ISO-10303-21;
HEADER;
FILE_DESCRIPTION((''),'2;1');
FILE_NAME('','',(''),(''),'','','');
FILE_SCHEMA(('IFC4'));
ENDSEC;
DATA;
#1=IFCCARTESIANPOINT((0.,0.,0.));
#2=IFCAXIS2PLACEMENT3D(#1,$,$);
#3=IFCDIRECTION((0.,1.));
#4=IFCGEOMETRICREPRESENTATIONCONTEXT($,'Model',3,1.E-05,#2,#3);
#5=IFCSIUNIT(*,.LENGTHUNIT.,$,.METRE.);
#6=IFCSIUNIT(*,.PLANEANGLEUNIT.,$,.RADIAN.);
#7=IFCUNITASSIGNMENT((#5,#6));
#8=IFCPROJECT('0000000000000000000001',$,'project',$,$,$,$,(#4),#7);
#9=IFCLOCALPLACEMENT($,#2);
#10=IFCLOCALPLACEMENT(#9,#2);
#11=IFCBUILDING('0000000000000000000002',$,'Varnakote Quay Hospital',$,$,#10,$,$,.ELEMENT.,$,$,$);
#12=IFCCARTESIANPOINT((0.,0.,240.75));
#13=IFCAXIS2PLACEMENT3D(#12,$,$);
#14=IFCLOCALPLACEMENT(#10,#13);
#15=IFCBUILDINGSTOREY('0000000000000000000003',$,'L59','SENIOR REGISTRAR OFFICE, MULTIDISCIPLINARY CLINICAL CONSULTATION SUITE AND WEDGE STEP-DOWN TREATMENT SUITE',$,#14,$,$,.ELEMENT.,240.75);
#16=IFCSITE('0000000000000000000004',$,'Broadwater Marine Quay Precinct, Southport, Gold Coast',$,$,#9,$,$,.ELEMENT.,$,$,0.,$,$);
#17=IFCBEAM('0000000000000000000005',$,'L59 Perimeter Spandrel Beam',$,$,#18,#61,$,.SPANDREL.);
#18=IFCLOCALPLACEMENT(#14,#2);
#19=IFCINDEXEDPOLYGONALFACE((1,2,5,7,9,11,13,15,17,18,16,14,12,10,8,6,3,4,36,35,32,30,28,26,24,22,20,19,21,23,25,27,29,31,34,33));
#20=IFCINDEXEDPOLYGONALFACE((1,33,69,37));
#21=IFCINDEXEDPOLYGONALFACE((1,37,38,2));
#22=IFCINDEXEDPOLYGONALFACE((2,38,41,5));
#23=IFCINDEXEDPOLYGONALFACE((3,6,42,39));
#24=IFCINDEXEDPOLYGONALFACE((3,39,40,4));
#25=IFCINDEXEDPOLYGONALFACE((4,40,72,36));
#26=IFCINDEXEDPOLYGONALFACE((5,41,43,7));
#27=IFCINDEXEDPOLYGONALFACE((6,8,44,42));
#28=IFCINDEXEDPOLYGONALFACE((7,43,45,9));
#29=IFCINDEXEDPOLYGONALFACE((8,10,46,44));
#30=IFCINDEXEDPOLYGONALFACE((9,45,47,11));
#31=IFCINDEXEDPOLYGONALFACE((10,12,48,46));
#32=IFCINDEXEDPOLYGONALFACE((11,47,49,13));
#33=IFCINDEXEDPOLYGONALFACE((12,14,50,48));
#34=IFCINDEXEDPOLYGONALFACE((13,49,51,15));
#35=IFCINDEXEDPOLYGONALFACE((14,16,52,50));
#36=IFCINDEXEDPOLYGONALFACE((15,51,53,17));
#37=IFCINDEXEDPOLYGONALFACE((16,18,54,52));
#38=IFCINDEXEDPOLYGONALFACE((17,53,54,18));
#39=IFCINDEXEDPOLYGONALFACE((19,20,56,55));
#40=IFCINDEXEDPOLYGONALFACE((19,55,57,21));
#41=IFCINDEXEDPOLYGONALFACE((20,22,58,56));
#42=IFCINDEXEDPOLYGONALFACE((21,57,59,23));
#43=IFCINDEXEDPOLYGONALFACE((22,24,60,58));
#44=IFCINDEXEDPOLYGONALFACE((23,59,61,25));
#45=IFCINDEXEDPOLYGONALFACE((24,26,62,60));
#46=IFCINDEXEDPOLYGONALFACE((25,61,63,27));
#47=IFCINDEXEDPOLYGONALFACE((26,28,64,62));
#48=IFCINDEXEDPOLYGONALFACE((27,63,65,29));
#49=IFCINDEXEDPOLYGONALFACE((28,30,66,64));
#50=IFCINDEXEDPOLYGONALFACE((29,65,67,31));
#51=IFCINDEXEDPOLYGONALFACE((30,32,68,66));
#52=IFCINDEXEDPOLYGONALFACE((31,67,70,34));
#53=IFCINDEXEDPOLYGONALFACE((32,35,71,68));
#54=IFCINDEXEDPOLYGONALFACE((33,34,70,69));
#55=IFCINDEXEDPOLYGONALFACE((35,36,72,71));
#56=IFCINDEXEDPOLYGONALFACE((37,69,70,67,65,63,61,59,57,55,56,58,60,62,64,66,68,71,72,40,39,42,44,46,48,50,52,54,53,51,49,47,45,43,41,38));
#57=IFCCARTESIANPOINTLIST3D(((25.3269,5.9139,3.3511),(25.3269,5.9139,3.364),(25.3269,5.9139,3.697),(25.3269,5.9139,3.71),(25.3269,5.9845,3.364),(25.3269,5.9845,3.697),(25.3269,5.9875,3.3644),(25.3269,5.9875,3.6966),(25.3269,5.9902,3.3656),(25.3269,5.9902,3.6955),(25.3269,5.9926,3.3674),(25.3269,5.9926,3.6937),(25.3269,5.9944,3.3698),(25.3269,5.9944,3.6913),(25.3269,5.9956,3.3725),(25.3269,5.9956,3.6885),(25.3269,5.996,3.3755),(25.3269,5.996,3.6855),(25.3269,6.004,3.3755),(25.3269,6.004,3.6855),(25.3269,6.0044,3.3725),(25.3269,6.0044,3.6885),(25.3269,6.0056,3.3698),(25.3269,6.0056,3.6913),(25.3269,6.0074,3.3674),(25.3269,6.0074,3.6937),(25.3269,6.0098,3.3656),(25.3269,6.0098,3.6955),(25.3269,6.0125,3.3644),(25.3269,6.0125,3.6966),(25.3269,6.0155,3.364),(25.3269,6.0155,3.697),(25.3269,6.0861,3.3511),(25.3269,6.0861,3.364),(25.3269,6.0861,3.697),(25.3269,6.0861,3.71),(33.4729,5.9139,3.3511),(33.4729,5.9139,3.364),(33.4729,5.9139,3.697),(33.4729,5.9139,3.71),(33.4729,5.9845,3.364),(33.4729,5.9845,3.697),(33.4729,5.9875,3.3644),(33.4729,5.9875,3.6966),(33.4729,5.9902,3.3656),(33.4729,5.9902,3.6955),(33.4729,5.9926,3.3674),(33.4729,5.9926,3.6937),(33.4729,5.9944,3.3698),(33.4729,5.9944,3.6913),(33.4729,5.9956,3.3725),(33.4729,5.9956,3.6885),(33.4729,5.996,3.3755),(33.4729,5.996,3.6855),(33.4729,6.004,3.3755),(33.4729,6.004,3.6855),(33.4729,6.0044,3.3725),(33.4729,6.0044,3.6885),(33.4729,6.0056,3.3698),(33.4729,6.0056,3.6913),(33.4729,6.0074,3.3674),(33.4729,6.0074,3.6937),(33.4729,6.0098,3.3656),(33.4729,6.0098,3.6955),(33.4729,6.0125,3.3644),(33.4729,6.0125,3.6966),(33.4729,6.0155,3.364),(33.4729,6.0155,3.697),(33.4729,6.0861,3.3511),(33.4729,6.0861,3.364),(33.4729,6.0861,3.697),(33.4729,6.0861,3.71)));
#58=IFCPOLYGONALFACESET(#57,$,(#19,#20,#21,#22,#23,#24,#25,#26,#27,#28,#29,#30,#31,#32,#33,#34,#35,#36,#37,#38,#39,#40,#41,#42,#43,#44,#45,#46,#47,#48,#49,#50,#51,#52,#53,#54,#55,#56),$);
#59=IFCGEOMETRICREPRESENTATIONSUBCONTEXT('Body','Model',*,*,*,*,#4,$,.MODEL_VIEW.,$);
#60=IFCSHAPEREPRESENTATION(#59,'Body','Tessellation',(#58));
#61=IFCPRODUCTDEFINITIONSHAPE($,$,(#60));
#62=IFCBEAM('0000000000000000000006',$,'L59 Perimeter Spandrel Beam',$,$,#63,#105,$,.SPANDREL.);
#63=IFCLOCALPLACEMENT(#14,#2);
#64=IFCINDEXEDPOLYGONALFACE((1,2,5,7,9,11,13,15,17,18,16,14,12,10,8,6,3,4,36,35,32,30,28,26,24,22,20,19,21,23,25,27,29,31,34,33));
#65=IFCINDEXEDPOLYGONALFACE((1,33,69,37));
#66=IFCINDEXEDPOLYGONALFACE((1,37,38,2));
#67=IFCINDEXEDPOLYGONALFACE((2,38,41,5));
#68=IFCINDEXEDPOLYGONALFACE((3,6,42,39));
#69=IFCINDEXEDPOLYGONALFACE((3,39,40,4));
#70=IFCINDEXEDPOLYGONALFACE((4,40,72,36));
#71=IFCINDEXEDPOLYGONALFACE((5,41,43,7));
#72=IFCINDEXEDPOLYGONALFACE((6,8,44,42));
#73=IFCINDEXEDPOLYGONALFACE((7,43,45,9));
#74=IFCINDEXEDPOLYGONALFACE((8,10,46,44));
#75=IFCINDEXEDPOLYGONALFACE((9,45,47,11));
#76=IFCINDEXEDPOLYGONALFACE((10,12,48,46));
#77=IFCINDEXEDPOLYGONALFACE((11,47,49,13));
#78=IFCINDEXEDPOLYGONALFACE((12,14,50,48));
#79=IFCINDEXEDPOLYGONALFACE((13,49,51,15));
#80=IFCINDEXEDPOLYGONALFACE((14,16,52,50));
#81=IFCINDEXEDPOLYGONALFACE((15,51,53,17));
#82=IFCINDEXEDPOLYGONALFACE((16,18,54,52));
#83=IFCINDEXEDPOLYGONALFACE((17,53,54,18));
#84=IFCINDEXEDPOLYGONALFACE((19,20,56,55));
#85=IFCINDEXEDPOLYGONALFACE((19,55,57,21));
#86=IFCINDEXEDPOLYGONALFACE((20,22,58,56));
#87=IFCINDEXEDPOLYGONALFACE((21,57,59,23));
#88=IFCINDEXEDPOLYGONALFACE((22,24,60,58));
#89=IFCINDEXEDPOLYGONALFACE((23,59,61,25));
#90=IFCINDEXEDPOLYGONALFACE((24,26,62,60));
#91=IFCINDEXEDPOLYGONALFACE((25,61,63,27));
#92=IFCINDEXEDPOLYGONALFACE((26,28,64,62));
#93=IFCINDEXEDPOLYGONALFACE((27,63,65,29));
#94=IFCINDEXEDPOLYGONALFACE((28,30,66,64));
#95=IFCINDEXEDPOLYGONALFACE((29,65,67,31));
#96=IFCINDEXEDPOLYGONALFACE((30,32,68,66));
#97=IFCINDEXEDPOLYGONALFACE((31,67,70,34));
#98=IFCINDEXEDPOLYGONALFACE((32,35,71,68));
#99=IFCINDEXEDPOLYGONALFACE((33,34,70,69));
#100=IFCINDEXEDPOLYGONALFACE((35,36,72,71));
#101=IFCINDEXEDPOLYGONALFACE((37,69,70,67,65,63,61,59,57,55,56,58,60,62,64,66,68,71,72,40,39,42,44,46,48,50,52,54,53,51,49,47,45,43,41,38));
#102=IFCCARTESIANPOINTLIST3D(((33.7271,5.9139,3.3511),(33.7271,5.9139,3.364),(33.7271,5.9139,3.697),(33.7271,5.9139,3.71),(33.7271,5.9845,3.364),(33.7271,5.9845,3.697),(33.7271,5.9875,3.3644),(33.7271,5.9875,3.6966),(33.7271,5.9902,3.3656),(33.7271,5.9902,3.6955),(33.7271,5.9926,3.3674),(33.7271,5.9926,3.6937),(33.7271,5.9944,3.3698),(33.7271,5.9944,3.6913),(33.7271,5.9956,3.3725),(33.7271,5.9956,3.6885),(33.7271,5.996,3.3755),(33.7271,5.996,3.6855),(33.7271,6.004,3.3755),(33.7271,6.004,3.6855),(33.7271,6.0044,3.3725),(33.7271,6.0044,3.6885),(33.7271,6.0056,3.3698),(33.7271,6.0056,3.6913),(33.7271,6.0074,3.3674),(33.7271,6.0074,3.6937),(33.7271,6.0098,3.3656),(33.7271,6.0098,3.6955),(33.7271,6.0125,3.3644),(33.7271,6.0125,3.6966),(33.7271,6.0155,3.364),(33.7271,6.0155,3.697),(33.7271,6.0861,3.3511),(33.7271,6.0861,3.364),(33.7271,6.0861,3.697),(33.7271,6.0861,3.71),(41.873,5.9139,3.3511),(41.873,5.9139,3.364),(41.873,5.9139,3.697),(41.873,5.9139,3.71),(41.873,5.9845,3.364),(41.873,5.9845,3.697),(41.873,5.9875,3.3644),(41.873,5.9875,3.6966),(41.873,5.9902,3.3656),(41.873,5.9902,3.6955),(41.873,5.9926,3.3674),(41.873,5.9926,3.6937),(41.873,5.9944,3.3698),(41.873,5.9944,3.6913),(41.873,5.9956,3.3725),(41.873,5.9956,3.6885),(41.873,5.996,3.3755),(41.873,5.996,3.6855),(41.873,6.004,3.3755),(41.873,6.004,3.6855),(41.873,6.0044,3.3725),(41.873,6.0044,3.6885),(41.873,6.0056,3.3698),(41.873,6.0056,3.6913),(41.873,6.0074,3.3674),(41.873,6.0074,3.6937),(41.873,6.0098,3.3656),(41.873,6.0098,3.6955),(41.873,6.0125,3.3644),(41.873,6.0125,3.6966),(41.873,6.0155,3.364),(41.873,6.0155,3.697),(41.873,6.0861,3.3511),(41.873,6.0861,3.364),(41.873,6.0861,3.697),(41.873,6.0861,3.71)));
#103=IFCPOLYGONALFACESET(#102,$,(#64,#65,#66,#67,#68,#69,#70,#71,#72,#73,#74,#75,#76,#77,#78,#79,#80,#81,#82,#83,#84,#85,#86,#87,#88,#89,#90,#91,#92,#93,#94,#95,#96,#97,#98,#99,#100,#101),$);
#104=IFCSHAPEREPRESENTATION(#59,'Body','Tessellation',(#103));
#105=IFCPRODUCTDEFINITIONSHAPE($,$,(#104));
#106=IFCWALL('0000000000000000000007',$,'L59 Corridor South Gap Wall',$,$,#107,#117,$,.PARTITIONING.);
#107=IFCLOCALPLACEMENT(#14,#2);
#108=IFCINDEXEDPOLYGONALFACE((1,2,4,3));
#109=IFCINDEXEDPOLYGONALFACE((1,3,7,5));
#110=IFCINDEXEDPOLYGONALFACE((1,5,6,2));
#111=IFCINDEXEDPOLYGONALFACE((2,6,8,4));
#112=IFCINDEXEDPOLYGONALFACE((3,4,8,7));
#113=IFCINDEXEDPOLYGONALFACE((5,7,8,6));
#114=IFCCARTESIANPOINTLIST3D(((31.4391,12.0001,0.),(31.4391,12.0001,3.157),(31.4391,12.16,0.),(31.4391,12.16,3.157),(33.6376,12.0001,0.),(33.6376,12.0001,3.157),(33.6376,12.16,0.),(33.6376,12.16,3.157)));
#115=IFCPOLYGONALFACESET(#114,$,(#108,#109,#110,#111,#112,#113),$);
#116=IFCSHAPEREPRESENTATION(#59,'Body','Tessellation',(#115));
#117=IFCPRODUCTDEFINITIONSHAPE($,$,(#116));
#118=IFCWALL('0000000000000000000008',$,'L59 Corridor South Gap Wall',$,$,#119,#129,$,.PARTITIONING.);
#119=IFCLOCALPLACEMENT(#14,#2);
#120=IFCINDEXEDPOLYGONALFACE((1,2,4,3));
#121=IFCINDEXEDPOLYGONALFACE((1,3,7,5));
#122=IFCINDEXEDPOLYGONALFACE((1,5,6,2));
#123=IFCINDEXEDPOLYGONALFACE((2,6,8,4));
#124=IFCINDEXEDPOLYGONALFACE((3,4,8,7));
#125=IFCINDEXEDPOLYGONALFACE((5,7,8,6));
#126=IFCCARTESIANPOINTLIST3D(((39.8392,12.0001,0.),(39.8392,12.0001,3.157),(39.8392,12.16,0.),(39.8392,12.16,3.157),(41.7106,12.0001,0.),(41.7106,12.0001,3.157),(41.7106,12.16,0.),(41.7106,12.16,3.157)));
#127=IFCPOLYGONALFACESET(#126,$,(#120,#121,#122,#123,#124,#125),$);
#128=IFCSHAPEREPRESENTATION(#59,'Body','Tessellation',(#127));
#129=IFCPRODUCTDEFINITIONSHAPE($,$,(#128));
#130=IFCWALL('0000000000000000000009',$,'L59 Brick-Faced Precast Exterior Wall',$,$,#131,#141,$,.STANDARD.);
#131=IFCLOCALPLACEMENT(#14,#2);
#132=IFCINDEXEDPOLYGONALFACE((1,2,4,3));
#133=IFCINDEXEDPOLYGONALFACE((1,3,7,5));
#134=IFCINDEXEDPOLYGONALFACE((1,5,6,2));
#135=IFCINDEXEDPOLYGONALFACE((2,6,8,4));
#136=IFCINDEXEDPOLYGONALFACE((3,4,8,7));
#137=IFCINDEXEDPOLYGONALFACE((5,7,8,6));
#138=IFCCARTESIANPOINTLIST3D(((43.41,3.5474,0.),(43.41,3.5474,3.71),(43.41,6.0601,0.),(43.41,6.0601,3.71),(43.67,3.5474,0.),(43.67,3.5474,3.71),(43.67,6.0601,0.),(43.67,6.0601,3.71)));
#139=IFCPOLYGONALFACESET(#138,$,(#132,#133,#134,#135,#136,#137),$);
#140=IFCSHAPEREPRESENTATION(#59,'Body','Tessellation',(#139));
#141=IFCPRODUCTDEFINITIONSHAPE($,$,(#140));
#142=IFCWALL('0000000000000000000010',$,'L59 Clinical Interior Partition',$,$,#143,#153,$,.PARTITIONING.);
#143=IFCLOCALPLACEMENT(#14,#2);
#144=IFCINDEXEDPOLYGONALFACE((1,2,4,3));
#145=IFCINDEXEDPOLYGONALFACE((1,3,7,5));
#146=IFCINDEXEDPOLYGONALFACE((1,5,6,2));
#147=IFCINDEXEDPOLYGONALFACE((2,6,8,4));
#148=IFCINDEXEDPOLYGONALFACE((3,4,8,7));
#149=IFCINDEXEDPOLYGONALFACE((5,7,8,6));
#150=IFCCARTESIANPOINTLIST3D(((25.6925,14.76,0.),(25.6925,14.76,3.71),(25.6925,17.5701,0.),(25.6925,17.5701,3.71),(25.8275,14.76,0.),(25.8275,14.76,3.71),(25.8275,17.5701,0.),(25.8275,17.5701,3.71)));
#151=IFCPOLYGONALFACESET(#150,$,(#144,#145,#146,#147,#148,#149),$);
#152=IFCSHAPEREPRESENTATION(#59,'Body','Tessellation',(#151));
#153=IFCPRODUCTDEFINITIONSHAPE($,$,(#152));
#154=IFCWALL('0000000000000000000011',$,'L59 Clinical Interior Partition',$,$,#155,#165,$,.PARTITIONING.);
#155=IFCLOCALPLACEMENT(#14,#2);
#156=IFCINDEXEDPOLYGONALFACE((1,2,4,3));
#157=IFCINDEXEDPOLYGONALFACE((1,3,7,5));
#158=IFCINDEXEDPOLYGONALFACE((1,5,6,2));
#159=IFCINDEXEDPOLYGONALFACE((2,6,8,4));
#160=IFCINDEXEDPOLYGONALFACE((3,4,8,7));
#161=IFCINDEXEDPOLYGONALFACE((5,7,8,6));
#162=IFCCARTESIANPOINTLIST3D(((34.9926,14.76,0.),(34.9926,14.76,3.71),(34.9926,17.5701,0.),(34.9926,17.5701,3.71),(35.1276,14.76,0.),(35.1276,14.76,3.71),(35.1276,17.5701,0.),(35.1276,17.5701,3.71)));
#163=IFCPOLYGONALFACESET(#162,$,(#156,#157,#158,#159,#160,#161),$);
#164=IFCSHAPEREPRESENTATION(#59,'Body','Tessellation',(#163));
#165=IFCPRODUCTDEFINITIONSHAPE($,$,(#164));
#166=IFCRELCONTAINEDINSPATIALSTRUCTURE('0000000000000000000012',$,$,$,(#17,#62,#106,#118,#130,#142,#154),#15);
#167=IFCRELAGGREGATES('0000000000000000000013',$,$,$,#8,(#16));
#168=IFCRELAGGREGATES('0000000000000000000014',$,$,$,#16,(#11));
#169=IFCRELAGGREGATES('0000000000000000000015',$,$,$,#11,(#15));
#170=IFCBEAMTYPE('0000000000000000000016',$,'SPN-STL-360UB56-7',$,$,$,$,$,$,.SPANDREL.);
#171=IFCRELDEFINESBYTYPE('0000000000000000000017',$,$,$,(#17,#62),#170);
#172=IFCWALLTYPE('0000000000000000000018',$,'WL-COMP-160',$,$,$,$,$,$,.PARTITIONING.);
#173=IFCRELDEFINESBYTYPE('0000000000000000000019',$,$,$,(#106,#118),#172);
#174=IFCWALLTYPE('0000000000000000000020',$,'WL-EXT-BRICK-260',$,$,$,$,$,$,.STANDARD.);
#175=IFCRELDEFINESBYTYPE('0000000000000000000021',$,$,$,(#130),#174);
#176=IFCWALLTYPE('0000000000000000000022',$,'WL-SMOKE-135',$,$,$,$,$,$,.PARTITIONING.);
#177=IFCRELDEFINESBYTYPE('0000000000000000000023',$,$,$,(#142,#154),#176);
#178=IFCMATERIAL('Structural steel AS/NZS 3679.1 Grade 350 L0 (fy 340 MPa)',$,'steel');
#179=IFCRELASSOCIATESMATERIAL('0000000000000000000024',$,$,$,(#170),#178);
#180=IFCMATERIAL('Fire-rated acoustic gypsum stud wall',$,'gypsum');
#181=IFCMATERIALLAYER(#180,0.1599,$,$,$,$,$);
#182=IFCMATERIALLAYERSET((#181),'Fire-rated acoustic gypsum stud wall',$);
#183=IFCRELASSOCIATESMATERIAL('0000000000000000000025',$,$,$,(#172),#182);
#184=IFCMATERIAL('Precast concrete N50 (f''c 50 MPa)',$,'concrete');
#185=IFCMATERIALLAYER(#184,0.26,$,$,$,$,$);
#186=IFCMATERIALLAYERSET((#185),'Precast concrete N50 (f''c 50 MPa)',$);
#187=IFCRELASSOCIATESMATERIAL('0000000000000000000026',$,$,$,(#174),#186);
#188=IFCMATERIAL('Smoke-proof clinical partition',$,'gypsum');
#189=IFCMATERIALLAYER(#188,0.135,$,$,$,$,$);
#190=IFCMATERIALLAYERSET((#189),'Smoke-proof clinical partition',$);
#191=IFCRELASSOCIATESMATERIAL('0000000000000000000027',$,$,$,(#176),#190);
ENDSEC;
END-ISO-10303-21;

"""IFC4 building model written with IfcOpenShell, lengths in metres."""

from ifc_helpers import new_model, si_unit, direction, frame, frame_2d, origin, origin_2d, place, context, subcontext, project, spatial, rectangle, i_section, extrude, material, layer, layer_set, material_profile, profile_set, type_object, element, save


model = new_model("IFC4")

# Units and contexts
model_context = context("Model", 3, precision=1e-05, world=origin(), true_north=direction((0.0, 1.0)))
body_context = subcontext(model_context, "Body", "Model", "MODEL_VIEW")
ifc_project = project(units=[si_unit("LENGTHUNIT", "METRE"), si_unit("PLANEANGLEUNIT", "RADIAN")], contexts=[model_context])

# Site, building, storey
site_placement = place(None, origin())
site = spatial("IfcSite", under=ifc_project, at=site_placement, Name="Broadwater Marine Quay Precinct, Southport, Gold Coast", CompositionType="ELEMENT", RefElevation=0.0)
building_placement = place(site_placement, origin())
building = spatial("IfcBuilding", under=site, at=building_placement, Name="Varnakote Quay Hospital", CompositionType="ELEMENT")
storey_placement = place(building_placement, frame((0.0, 0.0, 240.75)))
storey = spatial("IfcBuildingStorey", under=building, at=storey_placement, Name="L59", Description="SENIOR REGISTRAR OFFICE, MULTIDISCIPLINARY CLINICAL CONSULTATION SUITE AND WEDGE STEP-DOWN TREATMENT SUITE", CompositionType="ELEMENT", Elevation=240.75)

# Beams
ifc_material_1 = material(Name="Structural steel AS/NZS 3679.1 Grade 350 L0 (fy 340 MPa)", Category="steel")
ifc_material_profile_1 = material_profile(ifc_material_1, i_section(OverallWidth=0.1721, OverallDepth=0.3589, WebThickness=0.0081, FlangeThickness=0.0129, FilletRadius=0.0115, at=origin_2d()), Name="360UB56.7")
ifc_profile_set_1 = profile_set([ifc_material_profile_1], Name="Structural steel AS/NZS 3679.1 Grade 350 L0 (fy 340 MPa)")
beam_type_1 = type_object("IfcBeamType", Name="SPN-STL-360UB56-7", PredefinedType="SPANDREL", material=ifc_profile_set_1)
for number, where, z_axis, x_axis, name in (
    (1, (25.3269, 6.0, 3.5305), (1.0, 0.0, 0.0), (0.0, 1.0, 0.0), "L59 Perimeter Spandrel Beam"),
    (2, (33.7271, 6.0, 3.5305), (1.0, 0.0, 0.0), (0.0, 1.0, 0.0), "L59 Perimeter Spandrel Beam"),
):
    element("IfcBeam", number, at=place(storey_placement, frame(where, z_axis=z_axis, x_axis=x_axis)), inside=storey, type_object=beam_type_1, Name=name, PredefinedType="SPANDREL", context=body_context, shape_type="SweptSolid", body=[
        extrude(i_section(OverallWidth=0.1721, OverallDepth=0.3589, WebThickness=0.0081, FlangeThickness=0.0129, FilletRadius=0.0115, at=origin_2d()), origin(), (0.0, 0.0, 1.0), 8.146),
    ])

# Walls
ifc_material_2 = material(Name="Fire-rated acoustic gypsum stud wall", Category="gypsum")
ifc_layer_1 = layer(ifc_material_2, 0.1599)
ifc_layer_set_1 = layer_set([ifc_layer_1], Name="Fire-rated acoustic gypsum stud wall")
wall_type_1 = type_object("IfcWallType", Name="WL-COMP-160", PredefinedType="PARTITIONING", material=ifc_layer_set_1)
wall_1_placement = place(storey_placement, frame((31.4392, 12.0801, 0.0), z_axis=(0.0, 0.0, 1.0), x_axis=(1.0, 0.0, 0.0)))
element("IfcWall", 3, at=wall_1_placement, inside=storey, type_object=wall_type_1, Name="L59 Corridor South Gap Wall", PredefinedType="PARTITIONING", context=body_context, shape_type="SweptSolid", body=[
    extrude(rectangle(XDim=2.1985, YDim=0.1599, at=frame_2d((1.0991, 0.0))), origin(), (0.0, 0.0, 1.0), 3.157),
])
wall_2_placement = place(storey_placement, frame((39.8394, 12.0801, 0.0), z_axis=(0.0, 0.0, 1.0), x_axis=(1.0, 0.0, 0.0)))
element("IfcWall", 4, at=wall_2_placement, inside=storey, type_object=wall_type_1, Name="L59 Corridor South Gap Wall", PredefinedType="PARTITIONING", context=body_context, shape_type="SweptSolid", body=[
    extrude(rectangle(XDim=1.8713, YDim=0.1599, at=frame_2d((0.9355, 0.0))), origin(), (0.0, 0.0, 1.0), 3.157),
])
ifc_material_3 = material(Name="Precast concrete N50 (f'c 50 MPa)", Category="concrete")
ifc_layer_2 = layer(ifc_material_3, 0.26)
ifc_layer_set_2 = layer_set([ifc_layer_2], Name="Precast concrete N50 (f'c 50 MPa)")
wall_type_2 = type_object("IfcWallType", Name="WL-EXT-BRICK-260", PredefinedType="STANDARD", material=ifc_layer_set_2)
wall_3_placement = place(storey_placement, frame((43.54, 3.5474, 0.0), z_axis=(0.0, 0.0, 1.0), x_axis=(0.0, 1.0, 0.0)))
element("IfcWall", 5, at=wall_3_placement, inside=storey, type_object=wall_type_2, Name="L59 Brick-Faced Precast Exterior Wall", PredefinedType="STANDARD", context=body_context, shape_type="SweptSolid", body=[
    extrude(rectangle(XDim=2.5127, YDim=0.26, at=frame_2d((1.2563, 0.0))), origin(), (0.0, 0.0, 1.0), 3.71),
])
ifc_material_4 = material(Name="Smoke-proof clinical partition", Category="gypsum")
ifc_layer_3 = layer(ifc_material_4, 0.135)
ifc_layer_set_3 = layer_set([ifc_layer_3], Name="Smoke-proof clinical partition")
wall_type_3 = type_object("IfcWallType", Name="WL-SMOKE-135", PredefinedType="PARTITIONING", material=ifc_layer_set_3)
for number, where, z_axis, x_axis, name in (
    (6, (25.76, 14.76, 0.0), (0.0, 0.0, 1.0), (0.0, 1.0, 0.0), "L59 Clinical Interior Partition"),
    (7, (35.0601, 14.76, 0.0), (0.0, 0.0, 1.0), (0.0, 1.0, 0.0), "L59 Clinical Interior Partition"),
):
    element("IfcWall", number, at=place(storey_placement, frame(where, z_axis=z_axis, x_axis=x_axis)), inside=storey, type_object=wall_type_3, Name=name, PredefinedType="PARTITIONING", context=body_context, shape_type="SweptSolid", body=[
        extrude(rectangle(XDim=2.8101, YDim=0.135, at=frame_2d((1.405, 0.0))), origin(), (0.0, 0.0, 1.0), 3.71),
    ])

save(model, "model.ifc")
